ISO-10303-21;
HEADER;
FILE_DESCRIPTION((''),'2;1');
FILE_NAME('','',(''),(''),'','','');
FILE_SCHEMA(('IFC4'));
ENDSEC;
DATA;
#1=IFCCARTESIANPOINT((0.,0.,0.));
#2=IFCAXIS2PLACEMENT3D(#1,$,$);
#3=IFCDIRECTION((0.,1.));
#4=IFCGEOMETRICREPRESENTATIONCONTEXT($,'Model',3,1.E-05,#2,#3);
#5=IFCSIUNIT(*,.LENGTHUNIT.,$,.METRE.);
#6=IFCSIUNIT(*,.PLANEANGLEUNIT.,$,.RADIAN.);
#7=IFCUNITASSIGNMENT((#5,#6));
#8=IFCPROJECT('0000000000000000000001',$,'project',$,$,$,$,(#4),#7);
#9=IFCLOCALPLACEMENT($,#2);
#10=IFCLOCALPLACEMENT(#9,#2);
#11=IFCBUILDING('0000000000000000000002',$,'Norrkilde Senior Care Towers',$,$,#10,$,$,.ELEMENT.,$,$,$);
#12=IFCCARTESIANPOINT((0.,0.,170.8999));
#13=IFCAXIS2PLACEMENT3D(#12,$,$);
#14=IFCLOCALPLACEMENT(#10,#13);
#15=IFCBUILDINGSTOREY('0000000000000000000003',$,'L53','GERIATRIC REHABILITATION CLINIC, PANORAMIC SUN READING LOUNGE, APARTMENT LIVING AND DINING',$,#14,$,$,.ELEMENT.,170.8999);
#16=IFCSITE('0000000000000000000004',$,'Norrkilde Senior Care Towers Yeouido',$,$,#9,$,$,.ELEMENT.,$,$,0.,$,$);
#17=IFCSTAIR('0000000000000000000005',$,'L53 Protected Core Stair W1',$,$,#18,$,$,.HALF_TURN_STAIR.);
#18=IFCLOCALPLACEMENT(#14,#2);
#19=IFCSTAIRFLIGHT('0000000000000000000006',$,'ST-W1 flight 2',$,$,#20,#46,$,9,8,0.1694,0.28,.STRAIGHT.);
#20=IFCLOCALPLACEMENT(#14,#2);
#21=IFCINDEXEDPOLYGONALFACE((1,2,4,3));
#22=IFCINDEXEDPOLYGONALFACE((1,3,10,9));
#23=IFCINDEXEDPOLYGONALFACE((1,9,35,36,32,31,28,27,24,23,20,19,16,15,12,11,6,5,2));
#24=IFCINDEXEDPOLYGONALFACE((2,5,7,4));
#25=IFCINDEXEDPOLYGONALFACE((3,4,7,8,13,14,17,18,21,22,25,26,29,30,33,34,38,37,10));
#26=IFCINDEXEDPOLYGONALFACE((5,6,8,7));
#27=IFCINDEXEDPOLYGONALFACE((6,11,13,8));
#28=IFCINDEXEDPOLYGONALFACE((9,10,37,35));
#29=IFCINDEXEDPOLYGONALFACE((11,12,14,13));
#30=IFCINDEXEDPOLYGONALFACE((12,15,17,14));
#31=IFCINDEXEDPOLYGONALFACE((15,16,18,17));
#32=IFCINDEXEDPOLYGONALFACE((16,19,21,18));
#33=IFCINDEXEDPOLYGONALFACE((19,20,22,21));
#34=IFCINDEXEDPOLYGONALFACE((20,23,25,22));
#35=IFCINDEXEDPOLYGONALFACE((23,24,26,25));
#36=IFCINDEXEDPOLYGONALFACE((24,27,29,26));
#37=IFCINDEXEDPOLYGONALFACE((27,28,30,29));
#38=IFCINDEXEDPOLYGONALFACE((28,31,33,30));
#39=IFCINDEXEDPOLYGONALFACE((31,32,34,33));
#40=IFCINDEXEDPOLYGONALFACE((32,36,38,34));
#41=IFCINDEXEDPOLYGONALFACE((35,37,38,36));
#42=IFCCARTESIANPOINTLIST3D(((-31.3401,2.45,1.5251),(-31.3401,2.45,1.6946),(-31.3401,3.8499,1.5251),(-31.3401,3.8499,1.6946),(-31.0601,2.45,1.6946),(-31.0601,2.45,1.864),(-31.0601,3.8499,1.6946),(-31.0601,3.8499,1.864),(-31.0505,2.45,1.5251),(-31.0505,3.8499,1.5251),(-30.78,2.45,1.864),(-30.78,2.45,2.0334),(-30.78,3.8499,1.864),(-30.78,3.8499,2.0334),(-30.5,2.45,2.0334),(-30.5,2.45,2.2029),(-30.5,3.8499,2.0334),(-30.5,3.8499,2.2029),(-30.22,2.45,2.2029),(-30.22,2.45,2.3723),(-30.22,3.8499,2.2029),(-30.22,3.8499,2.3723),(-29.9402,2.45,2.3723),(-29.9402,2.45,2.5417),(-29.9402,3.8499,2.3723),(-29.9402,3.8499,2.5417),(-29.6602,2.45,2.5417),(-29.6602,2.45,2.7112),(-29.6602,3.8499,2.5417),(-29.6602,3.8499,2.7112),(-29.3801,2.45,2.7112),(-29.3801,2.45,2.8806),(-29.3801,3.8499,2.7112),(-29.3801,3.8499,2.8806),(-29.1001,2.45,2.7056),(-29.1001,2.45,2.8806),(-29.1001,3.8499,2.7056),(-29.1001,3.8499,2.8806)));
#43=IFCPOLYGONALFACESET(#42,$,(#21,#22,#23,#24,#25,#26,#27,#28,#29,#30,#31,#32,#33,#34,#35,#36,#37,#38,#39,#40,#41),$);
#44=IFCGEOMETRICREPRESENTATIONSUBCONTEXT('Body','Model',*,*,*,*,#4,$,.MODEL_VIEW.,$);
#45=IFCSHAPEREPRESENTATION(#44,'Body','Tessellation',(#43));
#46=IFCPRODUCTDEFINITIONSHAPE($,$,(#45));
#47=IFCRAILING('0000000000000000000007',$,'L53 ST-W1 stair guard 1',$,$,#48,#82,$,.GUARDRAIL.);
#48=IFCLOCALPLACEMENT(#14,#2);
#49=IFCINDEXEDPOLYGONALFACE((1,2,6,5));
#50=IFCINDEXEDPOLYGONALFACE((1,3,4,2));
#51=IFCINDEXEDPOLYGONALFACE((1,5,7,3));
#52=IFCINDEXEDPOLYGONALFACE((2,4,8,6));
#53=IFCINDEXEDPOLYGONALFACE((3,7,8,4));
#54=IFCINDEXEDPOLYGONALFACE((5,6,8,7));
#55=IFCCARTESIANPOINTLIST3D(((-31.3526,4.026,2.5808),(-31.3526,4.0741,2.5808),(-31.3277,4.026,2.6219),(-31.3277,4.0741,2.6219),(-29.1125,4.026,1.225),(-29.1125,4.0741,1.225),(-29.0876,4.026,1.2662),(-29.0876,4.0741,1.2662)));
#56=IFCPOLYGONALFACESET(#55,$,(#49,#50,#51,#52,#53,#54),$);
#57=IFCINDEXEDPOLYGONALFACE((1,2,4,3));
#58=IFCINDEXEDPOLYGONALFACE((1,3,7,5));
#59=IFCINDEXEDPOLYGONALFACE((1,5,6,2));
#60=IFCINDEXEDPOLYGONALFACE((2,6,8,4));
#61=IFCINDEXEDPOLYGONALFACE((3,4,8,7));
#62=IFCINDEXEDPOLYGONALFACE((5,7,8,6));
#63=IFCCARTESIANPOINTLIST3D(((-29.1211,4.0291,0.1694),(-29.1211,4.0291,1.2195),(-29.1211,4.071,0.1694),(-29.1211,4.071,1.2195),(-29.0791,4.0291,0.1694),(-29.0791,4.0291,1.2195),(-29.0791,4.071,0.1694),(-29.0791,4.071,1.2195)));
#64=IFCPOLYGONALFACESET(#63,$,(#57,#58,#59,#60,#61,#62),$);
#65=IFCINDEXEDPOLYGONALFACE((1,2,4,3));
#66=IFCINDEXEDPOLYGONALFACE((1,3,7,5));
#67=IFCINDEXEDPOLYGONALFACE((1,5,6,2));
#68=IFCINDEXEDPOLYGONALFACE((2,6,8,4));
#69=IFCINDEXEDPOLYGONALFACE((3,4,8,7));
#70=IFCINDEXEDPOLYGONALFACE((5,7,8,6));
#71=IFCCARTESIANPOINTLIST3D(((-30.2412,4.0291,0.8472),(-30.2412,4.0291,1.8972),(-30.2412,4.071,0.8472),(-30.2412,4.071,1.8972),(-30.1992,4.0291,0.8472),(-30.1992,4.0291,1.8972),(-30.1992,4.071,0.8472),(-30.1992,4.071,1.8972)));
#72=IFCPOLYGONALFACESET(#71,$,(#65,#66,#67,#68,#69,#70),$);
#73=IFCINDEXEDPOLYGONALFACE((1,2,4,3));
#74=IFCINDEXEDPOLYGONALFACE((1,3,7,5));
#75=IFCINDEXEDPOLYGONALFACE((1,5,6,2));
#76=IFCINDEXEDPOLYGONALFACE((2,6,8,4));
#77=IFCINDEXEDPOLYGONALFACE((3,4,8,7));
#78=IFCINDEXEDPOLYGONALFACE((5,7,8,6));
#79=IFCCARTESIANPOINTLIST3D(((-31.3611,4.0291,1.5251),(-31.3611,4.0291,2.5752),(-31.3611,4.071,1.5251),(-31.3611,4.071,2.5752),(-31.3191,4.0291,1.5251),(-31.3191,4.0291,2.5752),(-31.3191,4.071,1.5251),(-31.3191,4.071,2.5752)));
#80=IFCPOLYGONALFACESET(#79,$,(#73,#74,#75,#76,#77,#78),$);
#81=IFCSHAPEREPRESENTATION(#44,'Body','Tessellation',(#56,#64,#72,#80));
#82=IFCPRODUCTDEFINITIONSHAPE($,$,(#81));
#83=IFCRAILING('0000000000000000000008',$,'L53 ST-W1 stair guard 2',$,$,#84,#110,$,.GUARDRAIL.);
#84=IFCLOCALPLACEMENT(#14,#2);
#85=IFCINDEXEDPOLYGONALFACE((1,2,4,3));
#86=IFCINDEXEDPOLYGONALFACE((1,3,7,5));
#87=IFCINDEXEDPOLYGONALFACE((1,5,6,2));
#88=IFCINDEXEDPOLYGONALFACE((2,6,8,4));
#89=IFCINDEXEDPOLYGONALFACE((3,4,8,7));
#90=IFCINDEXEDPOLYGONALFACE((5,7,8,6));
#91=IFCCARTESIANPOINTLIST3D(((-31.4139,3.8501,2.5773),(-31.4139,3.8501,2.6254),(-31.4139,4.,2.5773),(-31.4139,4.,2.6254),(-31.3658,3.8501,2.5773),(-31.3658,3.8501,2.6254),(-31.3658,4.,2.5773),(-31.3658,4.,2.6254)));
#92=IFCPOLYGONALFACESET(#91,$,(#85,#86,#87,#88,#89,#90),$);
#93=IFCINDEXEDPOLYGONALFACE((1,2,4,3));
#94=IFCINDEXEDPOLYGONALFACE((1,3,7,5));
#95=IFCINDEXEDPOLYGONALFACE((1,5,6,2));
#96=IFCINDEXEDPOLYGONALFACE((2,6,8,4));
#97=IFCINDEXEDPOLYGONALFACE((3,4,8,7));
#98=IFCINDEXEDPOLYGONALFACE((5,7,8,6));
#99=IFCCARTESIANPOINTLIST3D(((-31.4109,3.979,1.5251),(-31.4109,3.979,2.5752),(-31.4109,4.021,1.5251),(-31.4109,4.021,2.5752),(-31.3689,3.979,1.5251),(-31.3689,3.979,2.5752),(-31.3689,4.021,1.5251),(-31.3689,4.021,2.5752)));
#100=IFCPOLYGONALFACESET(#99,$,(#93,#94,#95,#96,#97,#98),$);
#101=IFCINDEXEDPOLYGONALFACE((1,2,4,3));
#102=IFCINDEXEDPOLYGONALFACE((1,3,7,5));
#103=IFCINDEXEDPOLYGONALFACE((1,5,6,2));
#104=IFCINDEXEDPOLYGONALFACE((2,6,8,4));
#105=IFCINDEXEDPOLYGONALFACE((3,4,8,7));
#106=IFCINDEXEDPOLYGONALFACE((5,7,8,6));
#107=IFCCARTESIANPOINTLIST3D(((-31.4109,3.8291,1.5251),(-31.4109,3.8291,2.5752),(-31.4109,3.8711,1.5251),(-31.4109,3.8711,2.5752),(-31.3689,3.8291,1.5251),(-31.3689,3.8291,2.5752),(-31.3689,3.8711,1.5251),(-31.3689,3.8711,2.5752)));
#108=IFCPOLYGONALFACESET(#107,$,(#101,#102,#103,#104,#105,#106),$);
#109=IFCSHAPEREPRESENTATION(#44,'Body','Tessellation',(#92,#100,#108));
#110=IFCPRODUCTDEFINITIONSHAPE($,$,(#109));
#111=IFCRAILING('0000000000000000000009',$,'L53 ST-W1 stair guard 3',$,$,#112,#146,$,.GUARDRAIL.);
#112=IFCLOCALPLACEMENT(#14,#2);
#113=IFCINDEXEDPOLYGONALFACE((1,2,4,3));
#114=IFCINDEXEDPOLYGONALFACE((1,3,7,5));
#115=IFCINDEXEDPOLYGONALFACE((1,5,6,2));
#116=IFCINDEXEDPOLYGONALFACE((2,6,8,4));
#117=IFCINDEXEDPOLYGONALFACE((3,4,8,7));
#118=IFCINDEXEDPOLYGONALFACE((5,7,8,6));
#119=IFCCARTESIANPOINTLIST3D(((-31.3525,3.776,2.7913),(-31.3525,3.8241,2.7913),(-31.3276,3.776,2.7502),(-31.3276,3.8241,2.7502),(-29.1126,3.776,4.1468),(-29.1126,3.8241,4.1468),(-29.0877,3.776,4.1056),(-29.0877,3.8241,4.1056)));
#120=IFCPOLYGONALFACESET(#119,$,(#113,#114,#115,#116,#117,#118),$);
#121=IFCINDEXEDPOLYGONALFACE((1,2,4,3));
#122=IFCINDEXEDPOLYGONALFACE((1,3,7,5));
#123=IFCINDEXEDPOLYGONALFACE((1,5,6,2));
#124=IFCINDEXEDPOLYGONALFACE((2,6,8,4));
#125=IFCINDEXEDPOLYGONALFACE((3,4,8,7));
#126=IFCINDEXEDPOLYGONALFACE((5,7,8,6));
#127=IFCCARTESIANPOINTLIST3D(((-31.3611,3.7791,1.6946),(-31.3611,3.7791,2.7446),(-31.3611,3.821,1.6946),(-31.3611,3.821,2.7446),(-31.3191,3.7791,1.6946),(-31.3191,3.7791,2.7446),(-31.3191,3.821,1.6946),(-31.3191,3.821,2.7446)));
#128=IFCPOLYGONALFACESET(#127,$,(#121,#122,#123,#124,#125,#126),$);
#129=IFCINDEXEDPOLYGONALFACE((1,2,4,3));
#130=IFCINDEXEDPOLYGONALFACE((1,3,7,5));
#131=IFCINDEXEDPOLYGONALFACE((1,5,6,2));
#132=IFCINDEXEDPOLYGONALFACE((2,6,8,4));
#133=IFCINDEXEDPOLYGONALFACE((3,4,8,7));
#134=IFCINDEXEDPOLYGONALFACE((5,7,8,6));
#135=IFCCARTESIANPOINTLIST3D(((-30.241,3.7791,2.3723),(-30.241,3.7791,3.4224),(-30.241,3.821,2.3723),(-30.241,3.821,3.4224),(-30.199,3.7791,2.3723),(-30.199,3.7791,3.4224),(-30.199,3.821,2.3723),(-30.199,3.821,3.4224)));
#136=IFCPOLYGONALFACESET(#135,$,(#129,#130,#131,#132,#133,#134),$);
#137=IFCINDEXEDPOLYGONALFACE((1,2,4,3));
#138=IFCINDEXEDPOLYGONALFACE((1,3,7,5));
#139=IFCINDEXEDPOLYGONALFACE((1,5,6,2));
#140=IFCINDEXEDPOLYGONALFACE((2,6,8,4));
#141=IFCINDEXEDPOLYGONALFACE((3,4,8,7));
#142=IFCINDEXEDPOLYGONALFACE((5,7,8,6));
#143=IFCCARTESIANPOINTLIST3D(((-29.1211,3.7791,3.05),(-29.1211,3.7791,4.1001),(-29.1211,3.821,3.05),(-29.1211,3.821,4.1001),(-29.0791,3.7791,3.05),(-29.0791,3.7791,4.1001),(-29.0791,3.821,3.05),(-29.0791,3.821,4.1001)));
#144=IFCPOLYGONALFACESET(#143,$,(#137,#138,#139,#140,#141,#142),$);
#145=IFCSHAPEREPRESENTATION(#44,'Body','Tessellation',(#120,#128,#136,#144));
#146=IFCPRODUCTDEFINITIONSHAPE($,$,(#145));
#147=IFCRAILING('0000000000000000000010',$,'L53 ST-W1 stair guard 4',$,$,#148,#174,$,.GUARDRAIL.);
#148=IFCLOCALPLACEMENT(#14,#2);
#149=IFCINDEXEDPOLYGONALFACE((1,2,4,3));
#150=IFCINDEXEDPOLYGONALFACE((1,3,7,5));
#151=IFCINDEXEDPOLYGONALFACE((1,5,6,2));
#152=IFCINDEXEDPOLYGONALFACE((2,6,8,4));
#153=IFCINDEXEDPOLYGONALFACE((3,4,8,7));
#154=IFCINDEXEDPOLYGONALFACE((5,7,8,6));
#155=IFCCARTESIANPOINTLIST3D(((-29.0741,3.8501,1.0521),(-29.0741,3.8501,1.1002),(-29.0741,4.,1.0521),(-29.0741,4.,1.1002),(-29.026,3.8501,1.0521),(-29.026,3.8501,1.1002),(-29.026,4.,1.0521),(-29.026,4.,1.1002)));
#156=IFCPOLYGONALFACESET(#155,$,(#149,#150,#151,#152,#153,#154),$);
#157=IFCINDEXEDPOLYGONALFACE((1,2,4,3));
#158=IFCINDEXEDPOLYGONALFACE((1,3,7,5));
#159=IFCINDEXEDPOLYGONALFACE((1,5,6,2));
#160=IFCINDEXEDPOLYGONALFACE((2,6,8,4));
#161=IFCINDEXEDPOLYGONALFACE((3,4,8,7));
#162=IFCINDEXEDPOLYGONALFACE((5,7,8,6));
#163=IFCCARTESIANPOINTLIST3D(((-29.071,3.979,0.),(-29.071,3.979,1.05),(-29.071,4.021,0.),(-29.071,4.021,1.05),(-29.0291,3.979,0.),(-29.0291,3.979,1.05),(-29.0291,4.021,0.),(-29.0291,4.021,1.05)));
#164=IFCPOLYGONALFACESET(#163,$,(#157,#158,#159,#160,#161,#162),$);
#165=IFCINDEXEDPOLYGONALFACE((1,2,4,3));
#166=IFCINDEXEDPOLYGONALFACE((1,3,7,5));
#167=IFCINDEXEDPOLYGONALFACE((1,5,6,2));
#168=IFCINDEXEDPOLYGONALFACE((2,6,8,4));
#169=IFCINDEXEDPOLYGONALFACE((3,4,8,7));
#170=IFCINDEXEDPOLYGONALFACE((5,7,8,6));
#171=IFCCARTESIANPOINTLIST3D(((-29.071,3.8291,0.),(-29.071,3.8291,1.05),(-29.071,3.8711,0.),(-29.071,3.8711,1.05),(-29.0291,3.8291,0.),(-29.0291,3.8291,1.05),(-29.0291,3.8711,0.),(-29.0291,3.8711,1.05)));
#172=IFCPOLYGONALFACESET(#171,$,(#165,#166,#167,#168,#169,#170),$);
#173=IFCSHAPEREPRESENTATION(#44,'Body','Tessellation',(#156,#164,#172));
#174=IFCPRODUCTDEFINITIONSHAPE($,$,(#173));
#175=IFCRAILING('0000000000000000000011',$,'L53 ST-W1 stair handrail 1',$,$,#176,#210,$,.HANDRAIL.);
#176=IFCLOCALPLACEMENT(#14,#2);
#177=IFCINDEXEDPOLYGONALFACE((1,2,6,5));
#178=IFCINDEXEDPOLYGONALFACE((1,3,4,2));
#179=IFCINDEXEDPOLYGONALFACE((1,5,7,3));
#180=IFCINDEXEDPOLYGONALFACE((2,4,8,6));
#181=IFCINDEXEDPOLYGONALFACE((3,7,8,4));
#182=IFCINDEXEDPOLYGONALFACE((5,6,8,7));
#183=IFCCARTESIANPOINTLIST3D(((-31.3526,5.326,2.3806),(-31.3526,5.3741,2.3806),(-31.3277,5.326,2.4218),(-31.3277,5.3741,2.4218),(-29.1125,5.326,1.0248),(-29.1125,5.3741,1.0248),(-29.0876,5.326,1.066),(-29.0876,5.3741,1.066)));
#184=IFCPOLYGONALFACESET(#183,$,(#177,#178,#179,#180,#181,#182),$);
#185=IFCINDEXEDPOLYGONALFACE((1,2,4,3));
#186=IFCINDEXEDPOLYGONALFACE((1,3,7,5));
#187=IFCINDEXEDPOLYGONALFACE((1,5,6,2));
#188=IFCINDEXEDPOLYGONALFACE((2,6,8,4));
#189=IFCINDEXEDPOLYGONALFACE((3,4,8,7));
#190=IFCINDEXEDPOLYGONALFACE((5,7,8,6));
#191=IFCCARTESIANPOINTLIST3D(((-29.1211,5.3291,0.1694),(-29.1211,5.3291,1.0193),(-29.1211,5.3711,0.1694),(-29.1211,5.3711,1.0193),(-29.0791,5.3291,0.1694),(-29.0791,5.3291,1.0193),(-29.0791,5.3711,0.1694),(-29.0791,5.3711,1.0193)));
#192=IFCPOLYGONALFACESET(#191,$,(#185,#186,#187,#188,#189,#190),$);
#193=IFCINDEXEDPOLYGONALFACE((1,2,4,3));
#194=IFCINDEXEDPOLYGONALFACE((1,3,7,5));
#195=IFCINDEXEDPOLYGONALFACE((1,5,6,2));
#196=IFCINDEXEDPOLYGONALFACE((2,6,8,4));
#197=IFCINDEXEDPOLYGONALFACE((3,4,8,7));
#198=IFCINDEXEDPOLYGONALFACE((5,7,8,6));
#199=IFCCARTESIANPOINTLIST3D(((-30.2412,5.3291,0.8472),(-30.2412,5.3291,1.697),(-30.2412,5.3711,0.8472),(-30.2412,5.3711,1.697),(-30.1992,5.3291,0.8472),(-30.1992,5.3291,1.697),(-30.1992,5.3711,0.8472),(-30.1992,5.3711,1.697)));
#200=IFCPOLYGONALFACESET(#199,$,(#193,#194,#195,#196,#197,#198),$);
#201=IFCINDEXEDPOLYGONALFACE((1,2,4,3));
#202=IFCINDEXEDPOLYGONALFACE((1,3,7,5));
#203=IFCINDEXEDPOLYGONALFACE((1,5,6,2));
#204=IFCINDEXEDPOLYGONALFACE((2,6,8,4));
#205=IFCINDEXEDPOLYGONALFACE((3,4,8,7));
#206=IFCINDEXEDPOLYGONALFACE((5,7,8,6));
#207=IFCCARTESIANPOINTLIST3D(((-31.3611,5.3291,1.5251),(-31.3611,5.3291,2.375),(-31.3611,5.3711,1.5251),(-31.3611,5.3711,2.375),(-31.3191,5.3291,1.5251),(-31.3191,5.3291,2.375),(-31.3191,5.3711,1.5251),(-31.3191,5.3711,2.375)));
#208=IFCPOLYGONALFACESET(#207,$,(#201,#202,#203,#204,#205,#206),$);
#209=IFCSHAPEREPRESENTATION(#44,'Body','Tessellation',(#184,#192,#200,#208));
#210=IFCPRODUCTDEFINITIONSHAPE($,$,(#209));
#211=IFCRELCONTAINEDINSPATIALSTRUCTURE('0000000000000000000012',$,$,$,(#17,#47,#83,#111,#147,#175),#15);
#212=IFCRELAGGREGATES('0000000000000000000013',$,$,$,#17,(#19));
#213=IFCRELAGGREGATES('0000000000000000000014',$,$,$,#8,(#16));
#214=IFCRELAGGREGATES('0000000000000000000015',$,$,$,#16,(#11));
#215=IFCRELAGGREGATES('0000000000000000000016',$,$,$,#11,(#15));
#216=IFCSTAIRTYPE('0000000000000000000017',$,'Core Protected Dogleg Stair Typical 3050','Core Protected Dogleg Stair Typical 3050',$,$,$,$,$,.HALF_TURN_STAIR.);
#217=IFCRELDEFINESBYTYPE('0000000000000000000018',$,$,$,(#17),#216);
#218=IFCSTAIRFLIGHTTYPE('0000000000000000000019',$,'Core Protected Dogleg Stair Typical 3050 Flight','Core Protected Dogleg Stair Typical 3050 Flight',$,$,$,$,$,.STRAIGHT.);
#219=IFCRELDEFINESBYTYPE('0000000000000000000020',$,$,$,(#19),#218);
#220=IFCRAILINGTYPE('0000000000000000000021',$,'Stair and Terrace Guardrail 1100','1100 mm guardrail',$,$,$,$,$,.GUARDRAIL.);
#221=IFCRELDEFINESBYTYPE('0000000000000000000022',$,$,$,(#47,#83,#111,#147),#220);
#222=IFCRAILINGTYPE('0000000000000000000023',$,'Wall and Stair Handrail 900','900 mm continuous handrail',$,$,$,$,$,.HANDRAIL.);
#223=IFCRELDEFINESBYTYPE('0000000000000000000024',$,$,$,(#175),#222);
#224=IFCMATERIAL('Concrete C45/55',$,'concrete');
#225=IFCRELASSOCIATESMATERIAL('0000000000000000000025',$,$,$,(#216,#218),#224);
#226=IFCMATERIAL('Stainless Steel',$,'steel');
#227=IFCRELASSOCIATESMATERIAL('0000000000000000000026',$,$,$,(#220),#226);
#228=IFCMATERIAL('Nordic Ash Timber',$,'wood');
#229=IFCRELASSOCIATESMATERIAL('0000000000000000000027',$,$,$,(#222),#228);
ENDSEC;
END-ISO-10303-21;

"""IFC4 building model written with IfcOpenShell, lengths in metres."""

from ifc_helpers import new_model, si_unit, direction, frame, origin, origin_2d, place, context, subcontext, project, spatial, polyline, rectangle, outline, extrude, material, type_object, element, aggregate, save


model = new_model("IFC4")

# Units and contexts
model_context = context("Model", 3, precision=1e-05, world=origin(), true_north=direction((0.0, 1.0)))
body_context = subcontext(model_context, "Body", "Model", "MODEL_VIEW")
ifc_project = project(units=[si_unit("LENGTHUNIT", "METRE"), si_unit("PLANEANGLEUNIT", "RADIAN")], contexts=[model_context])

# Site, building, storey
site_placement = place(None, origin())
site = spatial("IfcSite", under=ifc_project, at=site_placement, Name="Norrkilde Senior Care Towers Yeouido", CompositionType="ELEMENT", RefElevation=0.0)
building_placement = place(site_placement, origin())
building = spatial("IfcBuilding", under=site, at=building_placement, Name="Norrkilde Senior Care Towers", CompositionType="ELEMENT")
storey_placement = place(building_placement, frame((0.0, 0.0, 170.8999)))
storey = spatial("IfcBuildingStorey", under=building, at=storey_placement, Name="L53", Description="GERIATRIC REHABILITATION CLINIC, PANORAMIC SUN READING LOUNGE, APARTMENT LIVING AND DINING", CompositionType="ELEMENT", Elevation=170.8999)

# Shared definitions
ifc_material_1 = material(Name="Concrete C45/55", Category="concrete")

# Shared definitions
ifc_material_2 = material(Name="Nordic Ash Timber", Category="wood")

# Stair, stair flight
stair_type = type_object("IfcStairType", Name="Core Protected Dogleg Stair Typical 3050", Description="Core Protected Dogleg Stair Typical 3050", PredefinedType="HALF_TURN_STAIR", material=ifc_material_1)
stair_placement = place(storey_placement, origin())
stair = element("IfcStair", 1, at=stair_placement, inside=storey, type_object=stair_type, Name="L53 Protected Core Stair W1", PredefinedType="HALF_TURN_STAIR")
stair_flight_type = type_object("IfcStairFlightType", Name="Core Protected Dogleg Stair Typical 3050 Flight", Description="Core Protected Dogleg Stair Typical 3050 Flight", PredefinedType="STRAIGHT", material=ifc_material_1)
stair_flight_1_placement = place(storey_placement, frame((-31.3401, 3.1499, 1.5251), z_axis=(0.0, 0.0, 1.0), x_axis=(1.0, 0.0, 0.0)))
stair_flight_1 = element("IfcStairFlight", 2, at=stair_flight_1_placement, type_object=stair_flight_type, Name="ST-W1 flight 2", NumberOfRisers=9, NumberOfTreads=8, PredefinedType="STRAIGHT", RiserHeight=0.1694, TreadLength=0.28, context=body_context, shape_type="SweptSolid", body=[
    extrude(outline(polyline([(0.0, 0.0), (0.0, 0.1694), (0.28, 0.1694), (0.28, 0.3389), (0.5601, 0.3389), (0.5601, 0.5083), (0.8401, 0.5083), (0.8401, 0.6777), (1.1201, 0.6777), (1.1201, 0.8472), (1.3999, 0.8472), (1.3999, 1.0166), (1.6799, 1.0166), (1.6799, 1.186), (1.96, 1.186), (1.96, 1.3555), (2.24, 1.3555), (2.24, 1.5249), (2.24, 1.1804), (0.2896, 0.0), (0.0, 0.0)])), frame((0.0, 0.7, 0.0), z_axis=(0.0, -1.0, 0.0), x_axis=(1.0, 0.0, 0.0)), (0.0, 0.0, 1.0), 1.3999),
])
aggregate(stair, [stair_flight_1])

# Railings
ifc_material_3 = material(Name="Stainless Steel", Category="steel")
railing_type_1 = type_object("IfcRailingType", Name="Stair and Terrace Guardrail 1100", Description="1100 mm guardrail", PredefinedType="GUARDRAIL", material=ifc_material_3)
railing_1_placement = place(storey_placement, frame((-29.1001, 4.05, 0.1694)))
element("IfcRailing", 3, at=railing_1_placement, inside=storey, type_object=railing_type_1, Name="L53 ST-W1 stair guard 1", PredefinedType="GUARDRAIL", context=body_context, shape_type="SweptSolid", body=[
    extrude(rectangle(XDim=0.0481, YDim=0.0481, at=origin_2d()), frame((0.0, 0.0, 1.0762), z_axis=(-0.855512, 0.0, 0.517783), x_axis=(0.0, -1.0, 0.0)), (0.0, 0.0, 1.0), 2.6184),
    extrude(rectangle(XDim=0.042, YDim=0.042, at=origin_2d()), origin(), (0.0, 0.0, 1.0), 1.05),
    extrude(rectangle(XDim=0.042, YDim=0.042, at=origin_2d()), frame((-1.1201, 0.0, 0.6777)), (0.0, 0.0, 1.0), 1.05),
    extrude(rectangle(XDim=0.042, YDim=0.042, at=origin_2d()), frame((-2.24, 0.0, 1.3557)), (0.0, 0.0, 1.0), 1.05),
])
railing_2_placement = place(storey_placement, frame((-31.3899, 4.0, 1.5251)))
element("IfcRailing", 4, at=railing_2_placement, inside=storey, type_object=railing_type_1, Name="L53 ST-W1 stair guard 2", PredefinedType="GUARDRAIL", context=body_context, shape_type="SweptSolid", body=[
    extrude(rectangle(XDim=0.0481, YDim=0.0481, at=origin_2d()), frame((0.0, 0.0, 1.0762), z_axis=(0.0, -1.0, 0.0), x_axis=(1.0, 0.0, 0.0)), (0.0, 0.0, 1.0), 0.1499),
    extrude(rectangle(XDim=0.042, YDim=0.042, at=origin_2d()), origin(), (0.0, 0.0, 1.0), 1.05),
    extrude(rectangle(XDim=0.042, YDim=0.042, at=origin_2d()), frame((0.0, -0.1499, 0.0)), (0.0, 0.0, 1.0), 1.05),
])
railing_3_placement = place(storey_placement, frame((-31.3401, 3.8, 1.6946)))
element("IfcRailing", 5, at=railing_3_placement, inside=storey, type_object=railing_type_1, Name="L53 ST-W1 stair guard 3", PredefinedType="GUARDRAIL", context=body_context, shape_type="SweptSolid", body=[
    extrude(rectangle(XDim=0.0481, YDim=0.0481, at=origin_2d()), frame((0.0, 0.0, 1.0762), z_axis=(0.855553, 0.0, 0.517715), x_axis=(0.0, 1.0, 0.0)), (0.0, 0.0, 1.0), 2.6182),
    extrude(rectangle(XDim=0.042, YDim=0.042, at=origin_2d()), origin(), (0.0, 0.0, 1.0), 1.05),
    extrude(rectangle(XDim=0.042, YDim=0.042, at=origin_2d()), frame((1.1201, 0.0, 0.6777)), (0.0, 0.0, 1.0), 1.05),
    extrude(rectangle(XDim=0.042, YDim=0.042, at=origin_2d()), frame((2.24, 0.0, 1.3555)), (0.0, 0.0, 1.0), 1.05),
])
railing_4_placement = place(storey_placement, frame((-29.05, 4.0, 0.0)))
element("IfcRailing", 6, at=railing_4_placement, inside=storey, type_object=railing_type_1, Name="L53 ST-W1 stair guard 4", PredefinedType="GUARDRAIL", context=body_context, shape_type="SweptSolid", body=[
    extrude(rectangle(XDim=0.0481, YDim=0.0481, at=origin_2d()), frame((0.0, 0.0, 1.0762), z_axis=(0.0, -1.0, 0.0), x_axis=(1.0, 0.0, 0.0)), (0.0, 0.0, 1.0), 0.1499),
    extrude(rectangle(XDim=0.042, YDim=0.042, at=origin_2d()), origin(), (0.0, 0.0, 1.0), 1.05),
    extrude(rectangle(XDim=0.042, YDim=0.042, at=origin_2d()), frame((0.0, -0.1499, 0.0)), (0.0, 0.0, 1.0), 1.05),
])
railing_type_2 = type_object("IfcRailingType", Name="Wall and Stair Handrail 900", Description="900 mm continuous handrail", PredefinedType="HANDRAIL", material=ifc_material_2)
railing_5_placement = place(storey_placement, frame((-29.1001, 5.3501, 0.1694)))
element("IfcRailing", 7, at=railing_5_placement, inside=storey, type_object=railing_type_2, Name="L53 ST-W1 stair handrail 1", PredefinedType="HANDRAIL", context=body_context, shape_type="SweptSolid", body=[
    extrude(rectangle(XDim=0.0481, YDim=0.0481, at=origin_2d()), frame((0.0, 0.0, 0.876), z_axis=(-0.855512, 0.0, 0.517783), x_axis=(0.0, -1.0, 0.0)), (0.0, 0.0, 1.0), 2.6184),
    extrude(rectangle(XDim=0.042, YDim=0.042, at=origin_2d()), origin(), (0.0, 0.0, 1.0), 0.8499),
    extrude(rectangle(XDim=0.042, YDim=0.042, at=origin_2d()), frame((-1.1201, 0.0, 0.6777)), (0.0, 0.0, 1.0), 0.8499),
    extrude(rectangle(XDim=0.042, YDim=0.042, at=origin_2d()), frame((-2.24, 0.0, 1.3557)), (0.0, 0.0, 1.0), 0.8499),
])

save(model, "model.ifc")
